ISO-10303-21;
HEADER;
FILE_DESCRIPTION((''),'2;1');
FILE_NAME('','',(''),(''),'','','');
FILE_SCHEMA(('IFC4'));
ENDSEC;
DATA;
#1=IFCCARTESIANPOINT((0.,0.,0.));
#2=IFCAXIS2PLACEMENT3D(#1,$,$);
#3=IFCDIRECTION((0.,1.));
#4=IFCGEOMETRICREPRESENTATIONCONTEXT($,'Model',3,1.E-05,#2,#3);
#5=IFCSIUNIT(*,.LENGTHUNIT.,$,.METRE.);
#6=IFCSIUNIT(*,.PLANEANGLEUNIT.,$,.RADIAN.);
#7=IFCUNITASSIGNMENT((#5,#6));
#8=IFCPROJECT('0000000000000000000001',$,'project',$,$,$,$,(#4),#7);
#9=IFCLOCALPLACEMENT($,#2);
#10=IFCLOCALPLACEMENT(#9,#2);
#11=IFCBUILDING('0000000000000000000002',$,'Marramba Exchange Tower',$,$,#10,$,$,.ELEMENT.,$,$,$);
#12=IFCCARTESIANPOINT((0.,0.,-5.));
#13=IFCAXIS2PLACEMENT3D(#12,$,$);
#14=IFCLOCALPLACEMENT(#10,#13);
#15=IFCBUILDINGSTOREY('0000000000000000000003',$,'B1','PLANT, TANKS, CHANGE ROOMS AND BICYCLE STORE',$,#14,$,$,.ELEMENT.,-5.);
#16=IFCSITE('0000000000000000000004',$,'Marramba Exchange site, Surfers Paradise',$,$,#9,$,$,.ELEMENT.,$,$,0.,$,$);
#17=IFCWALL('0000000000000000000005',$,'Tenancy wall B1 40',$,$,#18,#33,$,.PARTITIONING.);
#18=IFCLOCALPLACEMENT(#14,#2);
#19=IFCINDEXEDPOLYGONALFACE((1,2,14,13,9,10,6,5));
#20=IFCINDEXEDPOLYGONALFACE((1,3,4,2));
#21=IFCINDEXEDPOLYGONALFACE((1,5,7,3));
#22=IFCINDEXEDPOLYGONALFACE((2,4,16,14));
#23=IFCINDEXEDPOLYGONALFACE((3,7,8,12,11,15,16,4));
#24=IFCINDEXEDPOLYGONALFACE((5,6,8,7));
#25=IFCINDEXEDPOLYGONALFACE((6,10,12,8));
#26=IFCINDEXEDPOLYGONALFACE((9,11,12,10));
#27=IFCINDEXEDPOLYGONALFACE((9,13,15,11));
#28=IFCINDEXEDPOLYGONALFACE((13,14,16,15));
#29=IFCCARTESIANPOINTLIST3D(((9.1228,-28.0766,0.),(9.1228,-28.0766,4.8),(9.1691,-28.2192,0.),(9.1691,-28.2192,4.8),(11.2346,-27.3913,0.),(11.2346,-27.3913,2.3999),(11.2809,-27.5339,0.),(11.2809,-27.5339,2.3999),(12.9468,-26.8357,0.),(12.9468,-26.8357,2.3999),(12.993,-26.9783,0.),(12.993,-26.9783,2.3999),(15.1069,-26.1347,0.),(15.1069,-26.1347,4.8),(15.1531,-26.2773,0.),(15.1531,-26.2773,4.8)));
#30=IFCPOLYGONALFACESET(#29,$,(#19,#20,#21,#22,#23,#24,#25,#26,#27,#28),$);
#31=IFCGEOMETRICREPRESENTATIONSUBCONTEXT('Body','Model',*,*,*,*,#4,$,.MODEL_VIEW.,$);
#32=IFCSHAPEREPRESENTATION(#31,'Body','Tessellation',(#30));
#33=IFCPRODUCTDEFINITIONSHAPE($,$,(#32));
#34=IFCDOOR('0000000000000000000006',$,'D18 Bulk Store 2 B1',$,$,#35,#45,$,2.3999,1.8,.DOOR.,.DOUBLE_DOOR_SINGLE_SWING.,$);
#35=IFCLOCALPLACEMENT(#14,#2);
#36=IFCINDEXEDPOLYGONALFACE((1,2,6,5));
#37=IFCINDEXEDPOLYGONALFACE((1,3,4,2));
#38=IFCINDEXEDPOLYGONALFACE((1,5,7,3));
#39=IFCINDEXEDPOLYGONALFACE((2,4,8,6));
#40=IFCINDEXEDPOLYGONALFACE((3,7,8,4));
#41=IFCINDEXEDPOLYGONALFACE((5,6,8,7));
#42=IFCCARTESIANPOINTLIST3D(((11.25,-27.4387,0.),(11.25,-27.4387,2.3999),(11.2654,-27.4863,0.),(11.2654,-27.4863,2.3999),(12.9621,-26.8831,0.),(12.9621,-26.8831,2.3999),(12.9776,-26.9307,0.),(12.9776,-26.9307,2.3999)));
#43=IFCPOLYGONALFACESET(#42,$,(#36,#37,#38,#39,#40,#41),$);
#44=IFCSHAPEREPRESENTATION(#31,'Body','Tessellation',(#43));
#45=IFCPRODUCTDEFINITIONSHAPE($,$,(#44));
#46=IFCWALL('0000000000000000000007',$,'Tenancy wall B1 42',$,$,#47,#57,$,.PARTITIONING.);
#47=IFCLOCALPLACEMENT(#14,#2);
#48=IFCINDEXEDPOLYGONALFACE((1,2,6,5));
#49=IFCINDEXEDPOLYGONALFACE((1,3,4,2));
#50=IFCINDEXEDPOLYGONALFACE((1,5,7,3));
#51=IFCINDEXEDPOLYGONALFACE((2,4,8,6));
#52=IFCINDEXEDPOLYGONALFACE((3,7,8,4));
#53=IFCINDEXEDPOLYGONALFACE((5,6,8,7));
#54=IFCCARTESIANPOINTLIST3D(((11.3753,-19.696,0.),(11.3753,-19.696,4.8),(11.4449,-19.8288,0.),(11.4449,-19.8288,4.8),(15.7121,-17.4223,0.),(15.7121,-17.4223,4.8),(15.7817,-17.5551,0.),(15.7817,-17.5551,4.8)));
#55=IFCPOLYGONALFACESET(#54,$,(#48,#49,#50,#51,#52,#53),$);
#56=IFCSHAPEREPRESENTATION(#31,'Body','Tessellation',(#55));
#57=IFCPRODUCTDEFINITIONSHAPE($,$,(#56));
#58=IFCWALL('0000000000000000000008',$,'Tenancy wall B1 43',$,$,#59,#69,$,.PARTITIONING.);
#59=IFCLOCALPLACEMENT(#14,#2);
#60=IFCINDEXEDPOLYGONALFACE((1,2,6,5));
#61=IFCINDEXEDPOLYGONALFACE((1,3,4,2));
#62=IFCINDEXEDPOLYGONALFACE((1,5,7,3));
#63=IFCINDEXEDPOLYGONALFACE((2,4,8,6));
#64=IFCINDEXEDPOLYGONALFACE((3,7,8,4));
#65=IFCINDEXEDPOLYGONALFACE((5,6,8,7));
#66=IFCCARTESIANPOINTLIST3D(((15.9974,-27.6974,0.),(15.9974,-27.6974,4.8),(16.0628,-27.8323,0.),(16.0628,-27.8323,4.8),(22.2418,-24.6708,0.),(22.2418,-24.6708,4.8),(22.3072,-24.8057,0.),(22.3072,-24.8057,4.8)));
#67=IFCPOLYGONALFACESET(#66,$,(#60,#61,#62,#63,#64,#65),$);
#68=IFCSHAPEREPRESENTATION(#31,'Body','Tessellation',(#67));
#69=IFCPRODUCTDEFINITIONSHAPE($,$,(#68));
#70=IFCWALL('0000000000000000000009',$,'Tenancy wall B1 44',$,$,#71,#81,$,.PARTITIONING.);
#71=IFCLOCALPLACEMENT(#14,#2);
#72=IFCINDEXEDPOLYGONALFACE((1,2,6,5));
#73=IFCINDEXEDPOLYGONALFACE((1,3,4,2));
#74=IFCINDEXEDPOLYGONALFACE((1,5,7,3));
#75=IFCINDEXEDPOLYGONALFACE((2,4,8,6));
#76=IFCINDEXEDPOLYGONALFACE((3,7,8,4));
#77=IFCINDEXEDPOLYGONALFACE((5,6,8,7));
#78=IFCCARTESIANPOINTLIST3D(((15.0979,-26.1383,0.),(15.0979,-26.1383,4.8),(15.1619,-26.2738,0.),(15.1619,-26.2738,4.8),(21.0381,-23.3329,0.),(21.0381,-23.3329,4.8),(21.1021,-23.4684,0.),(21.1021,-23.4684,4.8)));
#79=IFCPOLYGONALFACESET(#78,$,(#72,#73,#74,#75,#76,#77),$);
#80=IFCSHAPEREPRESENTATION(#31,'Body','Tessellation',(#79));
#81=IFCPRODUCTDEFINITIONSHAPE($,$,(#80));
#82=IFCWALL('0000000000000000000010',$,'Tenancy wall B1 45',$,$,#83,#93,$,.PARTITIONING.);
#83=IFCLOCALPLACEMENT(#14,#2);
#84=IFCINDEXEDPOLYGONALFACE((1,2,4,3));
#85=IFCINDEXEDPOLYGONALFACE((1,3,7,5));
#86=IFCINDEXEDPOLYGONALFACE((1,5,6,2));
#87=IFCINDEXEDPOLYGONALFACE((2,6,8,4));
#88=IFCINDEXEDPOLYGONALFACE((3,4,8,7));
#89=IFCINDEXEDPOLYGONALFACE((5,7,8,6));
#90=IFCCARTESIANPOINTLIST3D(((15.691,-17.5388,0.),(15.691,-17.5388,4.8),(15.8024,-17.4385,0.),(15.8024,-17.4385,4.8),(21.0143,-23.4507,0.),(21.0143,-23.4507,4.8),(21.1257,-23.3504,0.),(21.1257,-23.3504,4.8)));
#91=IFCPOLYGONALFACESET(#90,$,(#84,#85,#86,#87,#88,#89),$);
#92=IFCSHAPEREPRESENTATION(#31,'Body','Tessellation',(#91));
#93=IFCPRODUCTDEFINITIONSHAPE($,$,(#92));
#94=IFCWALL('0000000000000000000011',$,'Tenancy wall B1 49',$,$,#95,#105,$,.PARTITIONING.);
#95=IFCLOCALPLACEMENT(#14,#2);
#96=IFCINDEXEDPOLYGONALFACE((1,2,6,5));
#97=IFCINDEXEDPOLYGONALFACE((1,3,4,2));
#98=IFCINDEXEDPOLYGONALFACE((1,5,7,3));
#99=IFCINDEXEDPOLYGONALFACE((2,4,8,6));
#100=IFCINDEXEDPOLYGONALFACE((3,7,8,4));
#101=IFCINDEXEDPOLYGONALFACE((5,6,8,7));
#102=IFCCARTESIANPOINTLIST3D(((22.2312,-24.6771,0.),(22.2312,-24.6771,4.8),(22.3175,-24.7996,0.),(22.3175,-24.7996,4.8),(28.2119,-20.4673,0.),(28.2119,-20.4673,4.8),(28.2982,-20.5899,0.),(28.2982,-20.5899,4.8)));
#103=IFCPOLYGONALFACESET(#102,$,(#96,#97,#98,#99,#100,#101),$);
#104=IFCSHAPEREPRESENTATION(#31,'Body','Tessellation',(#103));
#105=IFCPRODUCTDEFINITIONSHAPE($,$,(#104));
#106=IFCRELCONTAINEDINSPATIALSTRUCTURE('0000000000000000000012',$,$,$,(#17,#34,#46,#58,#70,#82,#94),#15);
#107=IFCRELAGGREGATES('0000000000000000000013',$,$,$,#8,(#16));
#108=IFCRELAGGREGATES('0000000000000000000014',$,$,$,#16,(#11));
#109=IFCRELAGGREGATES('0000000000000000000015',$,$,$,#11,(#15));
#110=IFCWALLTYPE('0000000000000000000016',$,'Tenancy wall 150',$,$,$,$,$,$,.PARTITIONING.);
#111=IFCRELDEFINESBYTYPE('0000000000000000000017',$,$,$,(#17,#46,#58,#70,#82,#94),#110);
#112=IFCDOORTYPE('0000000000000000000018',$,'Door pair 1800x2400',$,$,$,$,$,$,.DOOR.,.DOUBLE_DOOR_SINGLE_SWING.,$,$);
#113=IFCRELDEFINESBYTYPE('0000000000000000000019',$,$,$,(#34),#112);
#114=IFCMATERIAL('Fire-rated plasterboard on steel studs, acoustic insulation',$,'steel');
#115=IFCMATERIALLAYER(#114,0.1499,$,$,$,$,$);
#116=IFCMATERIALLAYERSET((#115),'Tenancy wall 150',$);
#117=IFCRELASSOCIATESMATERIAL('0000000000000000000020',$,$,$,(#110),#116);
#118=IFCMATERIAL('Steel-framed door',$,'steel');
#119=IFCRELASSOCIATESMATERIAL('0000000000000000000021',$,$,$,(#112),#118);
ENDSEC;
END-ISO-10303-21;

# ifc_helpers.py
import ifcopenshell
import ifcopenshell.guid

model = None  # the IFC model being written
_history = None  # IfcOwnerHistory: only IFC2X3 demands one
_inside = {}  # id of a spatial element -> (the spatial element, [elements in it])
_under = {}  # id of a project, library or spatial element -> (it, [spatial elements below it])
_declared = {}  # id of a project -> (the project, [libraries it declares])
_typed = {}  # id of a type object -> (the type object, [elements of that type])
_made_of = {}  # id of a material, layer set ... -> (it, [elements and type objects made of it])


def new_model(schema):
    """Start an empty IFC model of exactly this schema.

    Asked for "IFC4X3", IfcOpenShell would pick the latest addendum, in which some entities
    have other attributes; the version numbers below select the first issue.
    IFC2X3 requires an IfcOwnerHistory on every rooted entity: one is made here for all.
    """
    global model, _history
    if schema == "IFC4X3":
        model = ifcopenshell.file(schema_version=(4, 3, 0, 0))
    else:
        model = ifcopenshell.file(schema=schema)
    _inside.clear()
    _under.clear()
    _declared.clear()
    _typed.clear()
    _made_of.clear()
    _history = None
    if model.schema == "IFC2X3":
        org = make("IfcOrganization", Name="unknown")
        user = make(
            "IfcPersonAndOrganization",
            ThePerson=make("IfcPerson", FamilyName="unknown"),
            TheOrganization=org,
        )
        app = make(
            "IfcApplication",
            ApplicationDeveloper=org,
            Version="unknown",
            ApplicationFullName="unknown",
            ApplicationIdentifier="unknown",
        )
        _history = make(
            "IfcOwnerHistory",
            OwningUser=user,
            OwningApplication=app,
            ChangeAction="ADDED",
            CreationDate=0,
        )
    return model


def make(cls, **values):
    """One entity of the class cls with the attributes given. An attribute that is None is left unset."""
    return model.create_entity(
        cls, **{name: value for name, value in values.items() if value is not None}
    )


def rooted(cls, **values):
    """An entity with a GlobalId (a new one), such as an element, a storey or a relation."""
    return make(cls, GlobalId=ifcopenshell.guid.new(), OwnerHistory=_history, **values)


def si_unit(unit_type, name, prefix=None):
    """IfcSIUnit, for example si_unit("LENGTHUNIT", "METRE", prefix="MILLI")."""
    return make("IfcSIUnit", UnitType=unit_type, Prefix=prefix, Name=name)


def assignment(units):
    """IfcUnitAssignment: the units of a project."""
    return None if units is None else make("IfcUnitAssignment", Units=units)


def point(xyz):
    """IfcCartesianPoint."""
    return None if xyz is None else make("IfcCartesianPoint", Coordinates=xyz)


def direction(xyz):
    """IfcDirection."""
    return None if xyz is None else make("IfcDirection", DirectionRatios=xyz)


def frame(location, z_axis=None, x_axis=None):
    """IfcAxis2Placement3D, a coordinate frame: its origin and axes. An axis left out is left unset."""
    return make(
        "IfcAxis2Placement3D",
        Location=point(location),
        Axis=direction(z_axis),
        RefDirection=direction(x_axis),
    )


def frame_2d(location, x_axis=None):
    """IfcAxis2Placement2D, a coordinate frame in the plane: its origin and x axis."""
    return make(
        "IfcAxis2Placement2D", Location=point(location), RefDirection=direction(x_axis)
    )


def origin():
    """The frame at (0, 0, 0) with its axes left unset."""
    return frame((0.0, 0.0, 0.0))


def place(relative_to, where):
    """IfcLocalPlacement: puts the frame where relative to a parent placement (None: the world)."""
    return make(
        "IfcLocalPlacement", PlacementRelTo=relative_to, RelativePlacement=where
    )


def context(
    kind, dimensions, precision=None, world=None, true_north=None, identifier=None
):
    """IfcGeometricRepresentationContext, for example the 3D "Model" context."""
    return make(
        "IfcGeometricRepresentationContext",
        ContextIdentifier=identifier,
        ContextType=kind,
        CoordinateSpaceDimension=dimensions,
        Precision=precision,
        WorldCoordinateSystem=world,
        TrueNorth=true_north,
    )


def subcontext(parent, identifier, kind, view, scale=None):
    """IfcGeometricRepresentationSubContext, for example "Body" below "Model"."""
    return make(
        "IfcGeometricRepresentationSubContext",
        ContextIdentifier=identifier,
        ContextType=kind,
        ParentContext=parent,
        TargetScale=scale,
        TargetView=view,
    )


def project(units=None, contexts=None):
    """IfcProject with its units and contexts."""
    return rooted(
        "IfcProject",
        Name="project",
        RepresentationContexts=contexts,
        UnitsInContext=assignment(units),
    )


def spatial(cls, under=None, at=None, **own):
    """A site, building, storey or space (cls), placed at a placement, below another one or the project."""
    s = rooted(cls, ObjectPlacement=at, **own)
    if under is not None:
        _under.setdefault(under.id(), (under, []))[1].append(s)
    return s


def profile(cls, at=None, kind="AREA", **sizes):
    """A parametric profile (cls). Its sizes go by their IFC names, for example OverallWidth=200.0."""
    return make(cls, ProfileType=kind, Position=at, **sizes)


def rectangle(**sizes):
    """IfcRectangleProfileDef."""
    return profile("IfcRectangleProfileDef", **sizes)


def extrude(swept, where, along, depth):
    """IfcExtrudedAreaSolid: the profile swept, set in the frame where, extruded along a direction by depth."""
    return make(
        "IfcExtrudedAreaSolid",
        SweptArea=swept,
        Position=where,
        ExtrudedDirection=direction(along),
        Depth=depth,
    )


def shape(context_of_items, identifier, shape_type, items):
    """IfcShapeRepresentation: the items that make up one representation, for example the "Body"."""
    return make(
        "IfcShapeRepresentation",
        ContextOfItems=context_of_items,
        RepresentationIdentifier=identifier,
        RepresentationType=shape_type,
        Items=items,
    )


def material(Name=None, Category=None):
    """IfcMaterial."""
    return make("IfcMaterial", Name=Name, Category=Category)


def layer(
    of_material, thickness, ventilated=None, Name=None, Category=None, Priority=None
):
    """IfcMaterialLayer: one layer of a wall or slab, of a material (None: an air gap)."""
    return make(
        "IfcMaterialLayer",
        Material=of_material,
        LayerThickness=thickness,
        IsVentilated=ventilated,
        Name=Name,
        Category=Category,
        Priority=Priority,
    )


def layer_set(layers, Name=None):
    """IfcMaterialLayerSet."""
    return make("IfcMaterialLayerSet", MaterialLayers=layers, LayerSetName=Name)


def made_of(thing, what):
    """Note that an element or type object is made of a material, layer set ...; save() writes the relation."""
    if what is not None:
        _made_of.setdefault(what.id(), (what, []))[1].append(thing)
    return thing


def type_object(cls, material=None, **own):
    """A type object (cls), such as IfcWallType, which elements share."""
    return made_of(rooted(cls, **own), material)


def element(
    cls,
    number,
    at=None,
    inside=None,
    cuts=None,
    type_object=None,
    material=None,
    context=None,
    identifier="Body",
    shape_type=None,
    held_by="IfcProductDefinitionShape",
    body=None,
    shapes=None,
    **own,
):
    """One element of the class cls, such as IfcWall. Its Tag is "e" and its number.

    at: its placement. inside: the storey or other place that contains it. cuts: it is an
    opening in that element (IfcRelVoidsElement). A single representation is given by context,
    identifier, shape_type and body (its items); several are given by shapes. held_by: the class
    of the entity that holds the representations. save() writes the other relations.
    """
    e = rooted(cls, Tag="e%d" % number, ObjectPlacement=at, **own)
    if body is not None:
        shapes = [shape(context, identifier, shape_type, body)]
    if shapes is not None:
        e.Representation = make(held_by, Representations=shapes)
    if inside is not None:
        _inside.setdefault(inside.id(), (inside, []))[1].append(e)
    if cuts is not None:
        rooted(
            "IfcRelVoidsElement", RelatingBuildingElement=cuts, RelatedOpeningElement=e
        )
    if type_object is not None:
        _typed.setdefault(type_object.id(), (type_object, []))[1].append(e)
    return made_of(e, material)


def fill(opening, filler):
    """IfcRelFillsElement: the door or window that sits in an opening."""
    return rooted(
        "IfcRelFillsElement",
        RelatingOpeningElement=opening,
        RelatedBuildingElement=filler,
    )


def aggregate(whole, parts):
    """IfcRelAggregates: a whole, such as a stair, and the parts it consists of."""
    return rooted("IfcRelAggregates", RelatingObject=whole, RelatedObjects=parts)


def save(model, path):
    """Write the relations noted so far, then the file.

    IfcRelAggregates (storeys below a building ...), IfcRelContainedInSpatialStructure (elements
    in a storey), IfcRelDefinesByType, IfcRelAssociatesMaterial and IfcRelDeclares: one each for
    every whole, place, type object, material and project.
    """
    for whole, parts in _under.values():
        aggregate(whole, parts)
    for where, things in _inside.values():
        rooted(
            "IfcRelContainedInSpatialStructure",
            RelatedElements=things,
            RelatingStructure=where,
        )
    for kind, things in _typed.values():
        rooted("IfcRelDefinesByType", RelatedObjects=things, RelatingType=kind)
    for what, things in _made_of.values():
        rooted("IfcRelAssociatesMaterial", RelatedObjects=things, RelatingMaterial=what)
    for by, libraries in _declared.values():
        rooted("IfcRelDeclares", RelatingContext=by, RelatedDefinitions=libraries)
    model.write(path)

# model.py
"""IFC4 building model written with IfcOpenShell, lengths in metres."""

from ifc_helpers import new_model, si_unit, direction, frame, frame_2d, origin, place, context, subcontext, project, spatial, rectangle, extrude, material, layer, layer_set, type_object, element, fill, save


model = new_model("IFC4")

# Units and contexts
model_context = context("Model", 3, precision=1e-05, world=origin(), true_north=direction((0.0, 1.0)))
body_context = subcontext(model_context, "Body", "Model", "MODEL_VIEW")
ifc_project = project(units=[si_unit("LENGTHUNIT", "METRE"), si_unit("PLANEANGLEUNIT", "RADIAN")], contexts=[model_context])

# Site, building, storey
site_placement = place(None, origin())
site = spatial("IfcSite", under=ifc_project, at=site_placement, Name="Marramba Exchange site, Surfers Paradise", CompositionType="ELEMENT", RefElevation=0.0)
building_placement = place(site_placement, origin())
building = spatial("IfcBuilding", under=site, at=building_placement, Name="Marramba Exchange Tower", CompositionType="ELEMENT")
storey_placement = place(building_placement, frame((0.0, 0.0, -5.0)))
storey = spatial("IfcBuildingStorey", under=building, at=storey_placement, Name="B1", Description="PLANT, TANKS, CHANGE ROOMS AND BICYCLE STORE", CompositionType="ELEMENT", Elevation=-5.0)

# Wall, opening, door
ifc_material_1 = material(Name="Fire-rated plasterboard on steel studs, acoustic insulation", Category="steel")
ifc_layer_1 = layer(ifc_material_1, 0.1499)
ifc_layer_set_1 = layer_set([ifc_layer_1], Name="Tenancy wall 150")
wall_type_1 = type_object("IfcWallType", Name="Tenancy wall 150", PredefinedType="PARTITIONING", material=ifc_layer_set_1)
wall_1_placement = place(storey_placement, frame((15.1299, -26.2061, 0.0), z_axis=(0.0, 0.0, 1.0), x_axis=(-0.951172, -0.308662, 0.0)))
wall_1 = element("IfcWall", 1, at=wall_1_placement, inside=storey, type_object=wall_type_1, Name="Tenancy wall B1 40", PredefinedType="PARTITIONING", context=body_context, shape_type="SweptSolid", body=[
    extrude(rectangle(XDim=6.2913, YDim=0.1499, at=frame_2d((3.1455, 0.0))), origin(), (0.0, 0.0, 1.0), 4.8),
])
opening_placement = place(wall_1_placement, frame((2.271, 0.0, 0.0)))
opening = element("IfcOpeningElement", 2, at=opening_placement, cuts=wall_1, PredefinedType="OPENING", context=body_context, shape_type="SweptSolid", body=[
    extrude(rectangle(XDim=1.8, YDim=2.3999, at=frame_2d((0.8999, 1.2))), frame((0.0, 0.085, 0.0), z_axis=(0.0, -1.0, 0.0), x_axis=(1.0, 0.0, 0.0)), (0.0, 0.0, 1.0), 0.1699),
])
ifc_material_2 = material(Name="Steel-framed door", Category="steel")
door_type = type_object("IfcDoorType", Name="Door pair 1800x2400", OperationType="DOUBLE_DOOR_SINGLE_SWING", PredefinedType="DOOR", material=ifc_material_2)
door_placement = place(opening_placement, origin())
door = element("IfcDoor", 3, at=door_placement, inside=storey, type_object=door_type, Name="D18 Bulk Store 2 B1", OperationType="DOUBLE_DOOR_SINGLE_SWING", OverallHeight=2.3999, OverallWidth=1.8, PredefinedType="DOOR", context=body_context, shape_type="SweptSolid", body=[
    extrude(rectangle(XDim=1.8, YDim=2.3999, at=frame_2d((0.8999, 1.2))), frame((0.0, 0.0249, 0.0), z_axis=(0.0, -1.0, 0.0), x_axis=(1.0, 0.0, 0.0)), (0.0, 0.0, 1.0), 0.05),
])
fill(opening, door)

# Walls
wall_2_placement = place(storey_placement, frame((15.7468, -17.4888, 0.0), z_axis=(0.0, 0.0, 1.0), x_axis=(-0.885667, -0.464322, 0.0)))
element("IfcWall", 4, at=wall_2_placement, inside=storey, type_object=wall_type_1, Name="Tenancy wall B1 42", PredefinedType="PARTITIONING", context=body_context, shape_type="SweptSolid", body=[
    extrude(rectangle(XDim=4.8967, YDim=0.1499, at=frame_2d((2.4482, 0.0))), origin(), (0.0, 0.0, 1.0), 4.8),
])
wall_3_placement = place(storey_placement, frame((16.03, -27.7649, 0.0), z_axis=(0.0, 0.0, 1.0), x_axis=(0.899869, 0.43616, 0.0)))
element("IfcWall", 5, at=wall_3_placement, inside=storey, type_object=wall_type_1, Name="Tenancy wall B1 43", PredefinedType="PARTITIONING", context=body_context, shape_type="SweptSolid", body=[
    extrude(rectangle(XDim=6.9392, YDim=0.1499, at=frame_2d((3.4697, 0.0))), origin(), (0.0, 0.0, 1.0), 4.8),
])
wall_4_placement = place(storey_placement, frame((21.0701, -23.4006, 0.0), z_axis=(0.0, 0.0, 1.0), x_axis=(-0.904229, -0.427048, 0.0)))
element("IfcWall", 6, at=wall_4_placement, inside=storey, type_object=wall_type_1, Name="Tenancy wall B1 44", PredefinedType="PARTITIONING", context=body_context, shape_type="SweptSolid", body=[
    extrude(rectangle(XDim=6.5693, YDim=0.1499, at=frame_2d((3.2847, 0.0))), origin(), (0.0, 0.0, 1.0), 4.8),
])
wall_5_placement = place(storey_placement, frame((15.7468, -17.4888, 0.0), z_axis=(0.0, 0.0, 1.0), x_axis=(0.669143, -0.743134, 0.0)))
element("IfcWall", 7, at=wall_5_placement, inside=storey, type_object=wall_type_1, Name="Tenancy wall B1 45", PredefinedType="PARTITIONING", context=body_context, shape_type="SweptSolid", body=[
    extrude(rectangle(XDim=7.9553, YDim=0.1499, at=frame_2d((3.9775, 0.0))), origin(), (0.0, 0.0, 1.0), 4.8),
])
wall_6_placement = place(storey_placement, frame((22.2744, -24.7383, 0.0), z_axis=(0.0, 0.0, 1.0), x_axis=(0.817738, 0.575591, 0.0)))
element("IfcWall", 8, at=wall_6_placement, inside=storey, type_object=wall_type_1, Name="Tenancy wall B1 49", PredefinedType="PARTITIONING", context=body_context, shape_type="SweptSolid", body=[
    extrude(rectangle(XDim=7.3137, YDim=0.1499, at=frame_2d((3.6567, 0.0))), origin(), (0.0, 0.0, 1.0), 4.8),
])

save(model, "model.ifc")
